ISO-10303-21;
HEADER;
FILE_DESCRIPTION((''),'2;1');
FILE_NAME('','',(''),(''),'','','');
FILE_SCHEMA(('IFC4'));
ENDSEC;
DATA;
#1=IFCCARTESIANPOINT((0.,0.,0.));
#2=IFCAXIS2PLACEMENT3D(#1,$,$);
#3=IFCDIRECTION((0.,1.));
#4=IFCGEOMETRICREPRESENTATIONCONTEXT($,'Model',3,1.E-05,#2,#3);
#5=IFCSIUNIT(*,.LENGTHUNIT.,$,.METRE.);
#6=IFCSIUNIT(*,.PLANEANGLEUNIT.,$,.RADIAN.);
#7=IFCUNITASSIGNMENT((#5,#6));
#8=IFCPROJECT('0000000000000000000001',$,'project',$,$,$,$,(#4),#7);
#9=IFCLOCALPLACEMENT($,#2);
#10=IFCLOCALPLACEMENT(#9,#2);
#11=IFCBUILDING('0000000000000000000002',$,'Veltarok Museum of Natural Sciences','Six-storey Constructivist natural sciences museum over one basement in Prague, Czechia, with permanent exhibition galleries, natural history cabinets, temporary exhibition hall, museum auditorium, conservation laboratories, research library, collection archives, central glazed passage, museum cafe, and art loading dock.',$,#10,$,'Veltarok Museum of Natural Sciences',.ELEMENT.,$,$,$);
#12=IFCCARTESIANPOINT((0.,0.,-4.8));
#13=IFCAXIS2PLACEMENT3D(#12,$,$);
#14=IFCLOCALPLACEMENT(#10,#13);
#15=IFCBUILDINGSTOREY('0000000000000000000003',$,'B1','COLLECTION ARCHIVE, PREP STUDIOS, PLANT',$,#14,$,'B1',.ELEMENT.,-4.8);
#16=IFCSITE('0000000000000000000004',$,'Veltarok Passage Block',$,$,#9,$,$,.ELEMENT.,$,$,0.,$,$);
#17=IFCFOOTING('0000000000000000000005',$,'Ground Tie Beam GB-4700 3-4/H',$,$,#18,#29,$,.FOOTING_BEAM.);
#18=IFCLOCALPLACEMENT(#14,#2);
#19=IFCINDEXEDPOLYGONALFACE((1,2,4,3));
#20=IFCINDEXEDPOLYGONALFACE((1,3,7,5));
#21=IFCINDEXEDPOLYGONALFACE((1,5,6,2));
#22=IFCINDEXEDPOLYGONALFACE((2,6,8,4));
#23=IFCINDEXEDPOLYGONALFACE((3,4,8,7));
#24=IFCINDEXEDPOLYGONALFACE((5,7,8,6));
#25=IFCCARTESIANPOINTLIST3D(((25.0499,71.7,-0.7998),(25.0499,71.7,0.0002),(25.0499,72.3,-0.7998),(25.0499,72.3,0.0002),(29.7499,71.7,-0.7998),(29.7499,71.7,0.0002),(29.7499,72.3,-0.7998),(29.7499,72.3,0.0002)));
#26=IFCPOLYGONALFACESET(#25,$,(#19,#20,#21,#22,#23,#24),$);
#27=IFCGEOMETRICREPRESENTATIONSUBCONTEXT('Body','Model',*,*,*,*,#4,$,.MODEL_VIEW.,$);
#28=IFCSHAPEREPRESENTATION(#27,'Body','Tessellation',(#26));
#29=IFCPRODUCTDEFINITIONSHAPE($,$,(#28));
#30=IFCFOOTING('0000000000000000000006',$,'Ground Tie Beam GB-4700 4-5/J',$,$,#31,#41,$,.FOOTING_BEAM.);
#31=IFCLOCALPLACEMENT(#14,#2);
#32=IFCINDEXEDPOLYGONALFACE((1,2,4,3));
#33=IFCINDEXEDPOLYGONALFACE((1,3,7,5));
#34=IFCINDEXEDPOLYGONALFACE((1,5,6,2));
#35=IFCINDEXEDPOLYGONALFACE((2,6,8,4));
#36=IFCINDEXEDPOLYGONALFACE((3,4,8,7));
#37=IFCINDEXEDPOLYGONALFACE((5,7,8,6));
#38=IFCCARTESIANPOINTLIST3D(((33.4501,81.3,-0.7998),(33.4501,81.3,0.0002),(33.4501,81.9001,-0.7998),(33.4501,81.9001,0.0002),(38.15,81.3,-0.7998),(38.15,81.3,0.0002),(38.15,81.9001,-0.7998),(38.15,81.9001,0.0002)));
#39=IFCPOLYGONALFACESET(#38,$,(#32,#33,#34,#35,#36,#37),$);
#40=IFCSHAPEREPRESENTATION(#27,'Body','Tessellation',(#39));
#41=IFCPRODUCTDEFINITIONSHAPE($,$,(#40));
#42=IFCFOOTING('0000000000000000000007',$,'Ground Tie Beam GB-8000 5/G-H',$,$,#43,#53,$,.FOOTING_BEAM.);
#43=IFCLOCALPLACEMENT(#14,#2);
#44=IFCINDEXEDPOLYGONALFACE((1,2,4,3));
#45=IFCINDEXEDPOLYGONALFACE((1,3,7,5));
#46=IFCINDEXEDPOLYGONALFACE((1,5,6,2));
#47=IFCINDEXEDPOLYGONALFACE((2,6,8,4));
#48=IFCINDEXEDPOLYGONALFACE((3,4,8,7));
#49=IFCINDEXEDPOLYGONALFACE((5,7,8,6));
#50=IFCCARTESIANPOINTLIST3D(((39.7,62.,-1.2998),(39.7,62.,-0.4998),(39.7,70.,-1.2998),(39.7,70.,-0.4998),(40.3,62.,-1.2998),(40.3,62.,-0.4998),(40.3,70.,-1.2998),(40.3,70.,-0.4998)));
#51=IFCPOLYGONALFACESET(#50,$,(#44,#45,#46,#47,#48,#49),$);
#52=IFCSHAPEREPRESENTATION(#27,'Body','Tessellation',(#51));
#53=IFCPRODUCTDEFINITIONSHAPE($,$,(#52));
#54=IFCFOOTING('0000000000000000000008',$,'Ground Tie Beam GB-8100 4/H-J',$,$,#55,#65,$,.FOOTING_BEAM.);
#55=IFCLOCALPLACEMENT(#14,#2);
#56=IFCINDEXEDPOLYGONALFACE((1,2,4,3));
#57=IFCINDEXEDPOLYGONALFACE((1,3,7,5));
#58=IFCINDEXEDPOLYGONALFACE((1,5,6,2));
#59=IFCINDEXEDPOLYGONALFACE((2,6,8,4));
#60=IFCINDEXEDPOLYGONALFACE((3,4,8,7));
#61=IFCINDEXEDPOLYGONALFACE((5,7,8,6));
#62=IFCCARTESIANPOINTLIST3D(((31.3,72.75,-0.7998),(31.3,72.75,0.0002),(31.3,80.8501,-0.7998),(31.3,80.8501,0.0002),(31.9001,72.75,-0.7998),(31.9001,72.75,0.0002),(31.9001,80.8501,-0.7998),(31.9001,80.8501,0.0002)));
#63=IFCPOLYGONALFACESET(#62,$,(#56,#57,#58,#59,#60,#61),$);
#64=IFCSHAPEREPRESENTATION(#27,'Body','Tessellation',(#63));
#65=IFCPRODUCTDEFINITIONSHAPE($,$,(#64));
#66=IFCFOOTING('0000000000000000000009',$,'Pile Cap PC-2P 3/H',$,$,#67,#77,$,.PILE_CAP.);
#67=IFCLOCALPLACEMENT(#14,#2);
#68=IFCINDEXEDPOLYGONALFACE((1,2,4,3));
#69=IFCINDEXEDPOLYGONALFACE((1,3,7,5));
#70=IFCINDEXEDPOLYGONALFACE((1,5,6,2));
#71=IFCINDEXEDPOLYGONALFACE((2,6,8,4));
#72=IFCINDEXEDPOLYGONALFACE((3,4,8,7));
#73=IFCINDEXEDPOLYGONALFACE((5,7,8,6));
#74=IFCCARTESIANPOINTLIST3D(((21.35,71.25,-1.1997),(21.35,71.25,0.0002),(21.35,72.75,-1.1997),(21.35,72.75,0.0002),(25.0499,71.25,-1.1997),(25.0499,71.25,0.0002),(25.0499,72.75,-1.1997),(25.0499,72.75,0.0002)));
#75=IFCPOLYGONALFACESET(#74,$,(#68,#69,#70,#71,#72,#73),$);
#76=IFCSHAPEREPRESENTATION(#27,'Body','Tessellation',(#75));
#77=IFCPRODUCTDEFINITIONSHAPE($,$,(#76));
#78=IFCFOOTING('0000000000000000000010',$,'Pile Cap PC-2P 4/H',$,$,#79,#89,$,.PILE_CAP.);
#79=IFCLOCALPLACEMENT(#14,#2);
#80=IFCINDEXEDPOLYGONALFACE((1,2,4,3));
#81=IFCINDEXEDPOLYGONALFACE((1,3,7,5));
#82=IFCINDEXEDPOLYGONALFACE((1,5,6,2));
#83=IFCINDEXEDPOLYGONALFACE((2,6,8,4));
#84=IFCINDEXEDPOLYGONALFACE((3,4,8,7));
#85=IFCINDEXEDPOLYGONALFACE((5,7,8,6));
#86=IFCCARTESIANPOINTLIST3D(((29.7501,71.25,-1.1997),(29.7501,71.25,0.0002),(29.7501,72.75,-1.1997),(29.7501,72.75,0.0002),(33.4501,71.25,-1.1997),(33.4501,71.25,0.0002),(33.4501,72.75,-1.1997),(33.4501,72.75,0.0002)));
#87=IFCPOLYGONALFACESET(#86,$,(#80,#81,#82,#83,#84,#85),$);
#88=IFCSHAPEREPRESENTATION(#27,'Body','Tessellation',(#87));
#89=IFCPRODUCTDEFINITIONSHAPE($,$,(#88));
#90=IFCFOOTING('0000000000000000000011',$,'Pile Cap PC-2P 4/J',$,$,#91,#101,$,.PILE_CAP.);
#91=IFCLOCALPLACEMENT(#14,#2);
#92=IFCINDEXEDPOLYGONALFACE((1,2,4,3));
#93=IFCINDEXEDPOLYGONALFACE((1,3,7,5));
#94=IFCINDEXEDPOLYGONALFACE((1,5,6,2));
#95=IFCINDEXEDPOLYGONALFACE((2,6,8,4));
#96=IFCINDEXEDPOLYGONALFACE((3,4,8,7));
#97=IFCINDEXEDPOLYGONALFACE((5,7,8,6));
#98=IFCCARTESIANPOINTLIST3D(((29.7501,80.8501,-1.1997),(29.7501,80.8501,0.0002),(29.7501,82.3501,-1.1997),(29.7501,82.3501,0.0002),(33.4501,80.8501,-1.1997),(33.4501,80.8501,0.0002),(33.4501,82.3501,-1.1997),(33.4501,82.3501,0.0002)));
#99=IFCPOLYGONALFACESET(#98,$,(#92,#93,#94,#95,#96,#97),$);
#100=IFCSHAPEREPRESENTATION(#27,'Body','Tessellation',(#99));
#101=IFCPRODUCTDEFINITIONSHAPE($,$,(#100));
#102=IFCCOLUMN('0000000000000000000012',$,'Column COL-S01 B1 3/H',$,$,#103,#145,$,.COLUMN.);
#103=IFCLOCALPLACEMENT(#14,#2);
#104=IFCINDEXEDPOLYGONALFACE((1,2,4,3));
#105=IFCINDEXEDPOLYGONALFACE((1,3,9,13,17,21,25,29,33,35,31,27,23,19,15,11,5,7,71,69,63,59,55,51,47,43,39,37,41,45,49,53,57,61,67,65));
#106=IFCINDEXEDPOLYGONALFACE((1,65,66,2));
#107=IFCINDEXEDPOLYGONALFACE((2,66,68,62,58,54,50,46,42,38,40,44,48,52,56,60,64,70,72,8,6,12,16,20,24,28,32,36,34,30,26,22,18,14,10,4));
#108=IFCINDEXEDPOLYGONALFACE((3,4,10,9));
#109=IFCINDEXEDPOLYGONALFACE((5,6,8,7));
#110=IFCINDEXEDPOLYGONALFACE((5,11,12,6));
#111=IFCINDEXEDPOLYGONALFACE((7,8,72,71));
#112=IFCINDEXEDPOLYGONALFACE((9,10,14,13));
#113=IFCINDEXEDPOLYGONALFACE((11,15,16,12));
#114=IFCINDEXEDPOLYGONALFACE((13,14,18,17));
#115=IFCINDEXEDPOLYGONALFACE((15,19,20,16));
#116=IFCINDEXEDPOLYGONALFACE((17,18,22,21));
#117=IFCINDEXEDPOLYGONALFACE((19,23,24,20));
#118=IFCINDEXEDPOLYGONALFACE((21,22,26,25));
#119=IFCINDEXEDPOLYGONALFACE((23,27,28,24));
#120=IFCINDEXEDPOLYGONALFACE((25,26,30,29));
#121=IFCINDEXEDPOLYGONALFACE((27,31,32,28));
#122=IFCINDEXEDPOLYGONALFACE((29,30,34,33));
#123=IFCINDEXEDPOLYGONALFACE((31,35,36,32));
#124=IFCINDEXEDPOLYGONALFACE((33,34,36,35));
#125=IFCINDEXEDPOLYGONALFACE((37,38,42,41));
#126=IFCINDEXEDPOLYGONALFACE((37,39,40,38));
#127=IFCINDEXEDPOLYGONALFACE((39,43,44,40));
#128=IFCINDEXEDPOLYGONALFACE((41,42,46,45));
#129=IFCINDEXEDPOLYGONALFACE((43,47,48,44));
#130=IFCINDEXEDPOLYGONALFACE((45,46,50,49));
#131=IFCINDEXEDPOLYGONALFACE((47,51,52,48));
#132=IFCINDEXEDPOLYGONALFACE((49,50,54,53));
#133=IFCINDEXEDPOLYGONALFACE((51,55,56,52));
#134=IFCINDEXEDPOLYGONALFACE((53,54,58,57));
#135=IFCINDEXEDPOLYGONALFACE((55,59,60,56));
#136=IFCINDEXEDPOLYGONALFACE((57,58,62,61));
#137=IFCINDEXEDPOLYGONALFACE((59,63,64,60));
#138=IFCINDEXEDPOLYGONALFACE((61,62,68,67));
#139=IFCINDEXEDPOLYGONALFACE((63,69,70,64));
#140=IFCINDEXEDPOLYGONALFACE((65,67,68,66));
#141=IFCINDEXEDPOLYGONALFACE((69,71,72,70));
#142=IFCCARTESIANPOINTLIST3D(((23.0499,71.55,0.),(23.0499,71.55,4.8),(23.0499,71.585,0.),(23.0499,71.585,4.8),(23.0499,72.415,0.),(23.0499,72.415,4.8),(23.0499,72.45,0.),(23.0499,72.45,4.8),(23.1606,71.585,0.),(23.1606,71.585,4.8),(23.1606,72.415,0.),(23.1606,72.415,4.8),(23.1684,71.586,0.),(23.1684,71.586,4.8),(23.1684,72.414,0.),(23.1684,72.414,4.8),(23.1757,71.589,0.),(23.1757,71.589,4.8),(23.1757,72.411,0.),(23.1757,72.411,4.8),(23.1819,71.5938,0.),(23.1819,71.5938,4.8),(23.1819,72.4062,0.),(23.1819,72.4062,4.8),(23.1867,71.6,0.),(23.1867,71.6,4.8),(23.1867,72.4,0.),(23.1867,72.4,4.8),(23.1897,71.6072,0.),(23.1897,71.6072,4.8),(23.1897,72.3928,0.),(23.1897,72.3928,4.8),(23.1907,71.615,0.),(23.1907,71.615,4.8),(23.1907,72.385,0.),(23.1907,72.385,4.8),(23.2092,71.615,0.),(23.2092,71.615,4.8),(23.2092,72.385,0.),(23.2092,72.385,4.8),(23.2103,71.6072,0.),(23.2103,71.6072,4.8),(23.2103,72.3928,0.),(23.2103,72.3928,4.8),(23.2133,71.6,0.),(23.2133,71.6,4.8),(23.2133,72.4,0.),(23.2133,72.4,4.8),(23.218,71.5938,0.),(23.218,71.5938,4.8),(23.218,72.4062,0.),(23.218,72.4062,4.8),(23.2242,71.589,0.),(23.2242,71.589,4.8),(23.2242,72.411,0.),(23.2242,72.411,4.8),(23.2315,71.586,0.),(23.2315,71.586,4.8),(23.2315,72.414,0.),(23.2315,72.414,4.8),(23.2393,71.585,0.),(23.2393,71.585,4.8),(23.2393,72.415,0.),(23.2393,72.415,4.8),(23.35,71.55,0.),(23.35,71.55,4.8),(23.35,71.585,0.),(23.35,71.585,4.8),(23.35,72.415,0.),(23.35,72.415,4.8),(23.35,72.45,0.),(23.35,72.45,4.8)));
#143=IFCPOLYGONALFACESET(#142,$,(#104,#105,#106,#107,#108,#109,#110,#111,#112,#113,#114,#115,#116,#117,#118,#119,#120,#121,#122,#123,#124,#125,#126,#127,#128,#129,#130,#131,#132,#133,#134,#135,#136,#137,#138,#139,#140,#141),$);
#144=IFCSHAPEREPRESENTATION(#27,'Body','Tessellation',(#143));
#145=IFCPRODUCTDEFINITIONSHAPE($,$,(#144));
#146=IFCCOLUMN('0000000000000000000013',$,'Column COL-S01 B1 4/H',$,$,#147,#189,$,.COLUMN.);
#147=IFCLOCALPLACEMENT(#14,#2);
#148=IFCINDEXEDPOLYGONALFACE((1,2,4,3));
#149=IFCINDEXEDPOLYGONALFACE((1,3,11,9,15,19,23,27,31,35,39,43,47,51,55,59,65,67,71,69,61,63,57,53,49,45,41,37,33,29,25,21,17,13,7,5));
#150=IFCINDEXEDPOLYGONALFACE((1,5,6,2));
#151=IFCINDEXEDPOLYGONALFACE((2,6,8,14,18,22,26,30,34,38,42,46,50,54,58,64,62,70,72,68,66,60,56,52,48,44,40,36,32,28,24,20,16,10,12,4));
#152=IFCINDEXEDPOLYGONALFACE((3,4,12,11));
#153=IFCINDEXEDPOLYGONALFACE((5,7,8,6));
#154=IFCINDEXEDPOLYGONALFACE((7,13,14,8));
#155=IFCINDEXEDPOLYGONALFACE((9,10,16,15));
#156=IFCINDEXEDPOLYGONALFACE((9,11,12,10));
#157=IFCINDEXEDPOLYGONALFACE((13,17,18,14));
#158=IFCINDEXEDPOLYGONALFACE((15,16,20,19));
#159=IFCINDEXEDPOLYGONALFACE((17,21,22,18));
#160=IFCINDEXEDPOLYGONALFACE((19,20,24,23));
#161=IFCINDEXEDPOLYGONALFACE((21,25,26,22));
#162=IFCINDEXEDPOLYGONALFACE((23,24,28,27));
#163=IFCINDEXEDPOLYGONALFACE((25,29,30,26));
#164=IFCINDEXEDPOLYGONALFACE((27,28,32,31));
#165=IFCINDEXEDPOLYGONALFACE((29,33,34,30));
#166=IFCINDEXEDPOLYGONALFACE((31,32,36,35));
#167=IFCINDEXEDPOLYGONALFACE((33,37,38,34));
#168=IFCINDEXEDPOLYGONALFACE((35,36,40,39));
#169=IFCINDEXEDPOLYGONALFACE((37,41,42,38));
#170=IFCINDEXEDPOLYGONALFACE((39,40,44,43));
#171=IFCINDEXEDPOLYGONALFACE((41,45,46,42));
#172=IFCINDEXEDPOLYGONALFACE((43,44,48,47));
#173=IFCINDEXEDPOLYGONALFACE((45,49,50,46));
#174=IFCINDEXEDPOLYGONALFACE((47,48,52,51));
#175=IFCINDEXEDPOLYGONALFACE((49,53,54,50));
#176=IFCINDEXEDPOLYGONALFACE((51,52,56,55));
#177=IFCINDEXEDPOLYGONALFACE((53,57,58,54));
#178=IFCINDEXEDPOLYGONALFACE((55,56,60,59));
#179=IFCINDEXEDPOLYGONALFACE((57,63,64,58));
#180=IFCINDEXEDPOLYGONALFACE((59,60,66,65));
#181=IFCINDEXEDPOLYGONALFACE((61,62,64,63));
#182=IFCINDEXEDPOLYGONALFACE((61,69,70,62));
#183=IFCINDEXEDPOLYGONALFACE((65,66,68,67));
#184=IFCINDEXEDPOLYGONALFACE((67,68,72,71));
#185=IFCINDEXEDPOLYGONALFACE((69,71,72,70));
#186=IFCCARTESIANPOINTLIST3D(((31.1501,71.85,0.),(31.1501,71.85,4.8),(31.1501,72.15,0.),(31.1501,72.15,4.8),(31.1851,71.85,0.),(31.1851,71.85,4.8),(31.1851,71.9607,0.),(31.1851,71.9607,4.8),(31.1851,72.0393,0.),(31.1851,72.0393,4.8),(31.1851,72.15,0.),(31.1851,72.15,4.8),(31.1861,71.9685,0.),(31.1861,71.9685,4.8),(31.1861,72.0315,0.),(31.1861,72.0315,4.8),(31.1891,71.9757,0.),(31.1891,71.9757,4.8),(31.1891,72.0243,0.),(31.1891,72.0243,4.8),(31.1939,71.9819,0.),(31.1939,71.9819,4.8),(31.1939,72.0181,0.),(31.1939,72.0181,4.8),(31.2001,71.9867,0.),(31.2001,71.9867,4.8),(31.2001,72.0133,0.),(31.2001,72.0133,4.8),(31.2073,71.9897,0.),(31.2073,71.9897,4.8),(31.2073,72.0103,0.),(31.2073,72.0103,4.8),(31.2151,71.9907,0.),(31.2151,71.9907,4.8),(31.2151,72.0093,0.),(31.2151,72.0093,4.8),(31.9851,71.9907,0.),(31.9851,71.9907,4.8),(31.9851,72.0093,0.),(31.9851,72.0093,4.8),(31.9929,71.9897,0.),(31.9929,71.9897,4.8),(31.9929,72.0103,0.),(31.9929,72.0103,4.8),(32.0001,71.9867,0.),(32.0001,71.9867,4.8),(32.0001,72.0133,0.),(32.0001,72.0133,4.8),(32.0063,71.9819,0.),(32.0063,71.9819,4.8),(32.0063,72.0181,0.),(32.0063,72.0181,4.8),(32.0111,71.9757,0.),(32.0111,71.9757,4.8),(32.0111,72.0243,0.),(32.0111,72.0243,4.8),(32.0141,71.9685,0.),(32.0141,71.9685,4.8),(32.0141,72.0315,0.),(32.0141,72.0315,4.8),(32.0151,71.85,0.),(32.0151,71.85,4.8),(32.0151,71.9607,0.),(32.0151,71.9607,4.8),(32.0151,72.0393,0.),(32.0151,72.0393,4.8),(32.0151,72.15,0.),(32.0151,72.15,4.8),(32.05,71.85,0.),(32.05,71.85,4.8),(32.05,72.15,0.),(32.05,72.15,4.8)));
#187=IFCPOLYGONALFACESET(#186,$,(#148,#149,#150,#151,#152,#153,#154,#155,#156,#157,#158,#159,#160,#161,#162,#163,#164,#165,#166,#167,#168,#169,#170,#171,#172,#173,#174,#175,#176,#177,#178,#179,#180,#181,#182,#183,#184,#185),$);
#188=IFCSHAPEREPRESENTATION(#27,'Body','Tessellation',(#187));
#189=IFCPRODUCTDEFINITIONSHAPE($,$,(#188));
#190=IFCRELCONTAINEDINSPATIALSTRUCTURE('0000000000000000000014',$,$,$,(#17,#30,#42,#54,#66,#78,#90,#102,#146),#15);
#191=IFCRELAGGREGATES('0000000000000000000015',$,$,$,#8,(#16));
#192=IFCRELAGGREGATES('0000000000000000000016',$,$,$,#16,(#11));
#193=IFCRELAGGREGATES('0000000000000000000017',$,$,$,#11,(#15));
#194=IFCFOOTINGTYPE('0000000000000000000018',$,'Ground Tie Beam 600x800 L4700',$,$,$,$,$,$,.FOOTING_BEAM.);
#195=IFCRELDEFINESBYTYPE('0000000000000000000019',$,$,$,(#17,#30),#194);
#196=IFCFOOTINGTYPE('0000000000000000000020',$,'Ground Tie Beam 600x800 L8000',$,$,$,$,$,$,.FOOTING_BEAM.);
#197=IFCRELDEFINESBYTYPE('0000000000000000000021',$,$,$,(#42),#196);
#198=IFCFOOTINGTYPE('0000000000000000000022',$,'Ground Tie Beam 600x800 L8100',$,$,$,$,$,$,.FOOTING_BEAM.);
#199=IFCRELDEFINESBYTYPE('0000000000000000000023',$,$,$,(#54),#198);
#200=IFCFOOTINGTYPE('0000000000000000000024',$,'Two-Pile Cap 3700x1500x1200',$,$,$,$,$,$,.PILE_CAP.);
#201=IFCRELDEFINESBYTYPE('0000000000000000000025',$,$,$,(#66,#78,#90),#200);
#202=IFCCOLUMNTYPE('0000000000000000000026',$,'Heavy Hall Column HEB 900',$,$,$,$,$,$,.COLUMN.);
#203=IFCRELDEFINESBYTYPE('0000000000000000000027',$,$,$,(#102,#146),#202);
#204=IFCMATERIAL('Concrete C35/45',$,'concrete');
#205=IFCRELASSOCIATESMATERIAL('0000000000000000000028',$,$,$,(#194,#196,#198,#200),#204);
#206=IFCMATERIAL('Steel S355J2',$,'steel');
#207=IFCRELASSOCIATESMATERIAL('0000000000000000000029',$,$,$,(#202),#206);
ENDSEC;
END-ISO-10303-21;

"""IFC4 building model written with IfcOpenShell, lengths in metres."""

from ifc_helpers import new_model, si_unit, direction, frame, origin, origin_2d, place, context, subcontext, project, spatial, rectangle, i_section, extrude, material, material_profile, profile_set, type_object, element, save


model = new_model("IFC4")

# Units and contexts
model_context = context("Model", 3, precision=1e-05, world=origin(), true_north=direction((0.0, 1.0)))
body_context = subcontext(model_context, "Body", "Model", "MODEL_VIEW")
ifc_project = project(units=[si_unit("LENGTHUNIT", "METRE"), si_unit("PLANEANGLEUNIT", "RADIAN")], contexts=[model_context])

# Site, building, storey
site_placement = place(None, origin())
site = spatial("IfcSite", under=ifc_project, at=site_placement, Name="Veltarok Passage Block", CompositionType="ELEMENT", RefElevation=0.0)
building_placement = place(site_placement, origin())
building = spatial("IfcBuilding", under=site, at=building_placement, Name="Veltarok Museum of Natural Sciences", Description="Six-storey Constructivist natural sciences museum over one basement in Prague, Czechia, with permanent exhibition galleries, natural history cabinets, temporary exhibition hall, museum auditorium, conservation laboratories, research library, collection archives, central glazed passage, museum cafe, and art loading dock.", LongName="Veltarok Museum of Natural Sciences", CompositionType="ELEMENT")
storey_placement = place(building_placement, frame((0.0, 0.0, -4.8)))
storey = spatial("IfcBuildingStorey", under=building, at=storey_placement, Name="B1", Description="COLLECTION ARCHIVE, PREP STUDIOS, PLANT", LongName="B1", CompositionType="ELEMENT", Elevation=-4.8)

# Shared definitions
ifc_material_1 = material(Name="Concrete C35/45", Category="concrete")

# Footings
footing_type_1 = type_object("IfcFootingType", Name="Ground Tie Beam 600x800 L4700", PredefinedType="FOOTING_BEAM", material=ifc_material_1)
for number, where, z_axis, x_axis, name in (
    (1, (27.3999, 72.0, -0.7998), (0.0, 0.0, 1.0), (1.0, 0.0, 0.0), "Ground Tie Beam GB-4700 3-4/H"),
    (2, (35.8, 81.6001, -0.7998), (0.0, 0.0, 1.0), (1.0, 0.0, 0.0), "Ground Tie Beam GB-4700 4-5/J"),
):
    element("IfcFooting", number, at=place(storey_placement, frame(where, z_axis=z_axis, x_axis=x_axis)), inside=storey, type_object=footing_type_1, Name=name, PredefinedType="FOOTING_BEAM", context=body_context, shape_type="SweptSolid", body=[
        extrude(rectangle(XDim=4.7, YDim=0.6001, at=origin_2d()), origin(), (0.0, 0.0, 1.0), 0.8),
    ])
footing_type_2 = type_object("IfcFootingType", Name="Ground Tie Beam 600x800 L8000", PredefinedType="FOOTING_BEAM", material=ifc_material_1)
footing_1_placement = place(storey_placement, frame((40.0, 66.0, -1.2998), z_axis=(0.0, 0.0, 1.0), x_axis=(0.0, 1.0, 0.0)))
element("IfcFooting", 3, at=footing_1_placement, inside=storey, type_object=footing_type_2, Name="Ground Tie Beam GB-8000 5/G-H", PredefinedType="FOOTING_BEAM", context=body_context, shape_type="SweptSolid", body=[
    extrude(rectangle(XDim=8.0, YDim=0.6001, at=origin_2d()), origin(), (0.0, 0.0, 1.0), 0.8),
])
footing_type_3 = type_object("IfcFootingType", Name="Ground Tie Beam 600x800 L8100", PredefinedType="FOOTING_BEAM", material=ifc_material_1)
footing_2_placement = place(storey_placement, frame((31.6001, 76.8, -0.7998), z_axis=(0.0, 0.0, 1.0), x_axis=(0.0, 1.0, 0.0)))
element("IfcFooting", 4, at=footing_2_placement, inside=storey, type_object=footing_type_3, Name="Ground Tie Beam GB-8100 4/H-J", PredefinedType="FOOTING_BEAM", context=body_context, shape_type="SweptSolid", body=[
    extrude(rectangle(XDim=8.1001, YDim=0.6001, at=origin_2d()), origin(), (0.0, 0.0, 1.0), 0.8),
])
footing_type_4 = type_object("IfcFootingType", Name="Two-Pile Cap 3700x1500x1200", PredefinedType="PILE_CAP", material=ifc_material_1)
for number, where, z_axis, x_axis, name in (
    (5, (23.2, 72.0, -1.1997), (0.0, 0.0, 1.0), (1.0, 0.0, 0.0), "Pile Cap PC-2P 3/H"),
    (6, (31.6001, 72.0, -1.1997), (0.0, 0.0, 1.0), (1.0, 0.0, 0.0), "Pile Cap PC-2P 4/H"),
    (7, (31.6001, 81.6001, -1.1997), (0.0, 0.0, 1.0), (1.0, 0.0, 0.0), "Pile Cap PC-2P 4/J"),
):
    element("IfcFooting", number, at=place(storey_placement, frame(where, z_axis=z_axis, x_axis=x_axis)), inside=storey, type_object=footing_type_4, Name=name, PredefinedType="PILE_CAP", context=body_context, shape_type="SweptSolid", body=[
        extrude(rectangle(XDim=3.7, YDim=1.5, at=origin_2d()), origin(), (0.0, 0.0, 1.0), 1.2),
    ])

# Columns
ifc_material_2 = material(Name="Steel S355J2", Category="steel")
ifc_material_profile_1 = material_profile(ifc_material_2, i_section(OverallWidth=0.3, OverallDepth=0.8999, WebThickness=0.0186, FlangeThickness=0.0349, FilletRadius=0.03, at=origin_2d()), Name="HEB 900")
ifc_profile_set_1 = profile_set([ifc_material_profile_1], Name="Steel S355J2")
column_type = type_object("IfcColumnType", Name="Heavy Hall Column HEB 900", PredefinedType="COLUMN", material=ifc_profile_set_1)
for number, where, z_axis, x_axis, name in (
    (8, (23.2, 72.0, 0.0), (0.0, 0.0, 1.0), (1.0, 0.0, 0.0), "Column COL-S01 B1 3/H"),
    (9, (31.6001, 72.0, 0.0), (0.0, 0.0, 1.0), (0.0, 1.0, 0.0), "Column COL-S01 B1 4/H"),
):
    element("IfcColumn", number, at=place(storey_placement, frame(where, z_axis=z_axis, x_axis=x_axis)), inside=storey, type_object=column_type, Name=name, PredefinedType="COLUMN", context=body_context, shape_type="SweptSolid", body=[
        extrude(i_section(OverallWidth=0.3, OverallDepth=0.8999, WebThickness=0.0186, FlangeThickness=0.0349, FilletRadius=0.03, at=origin_2d()), origin(), (0.0, 0.0, 1.0), 4.8),
    ])

save(model, "model.ifc")
